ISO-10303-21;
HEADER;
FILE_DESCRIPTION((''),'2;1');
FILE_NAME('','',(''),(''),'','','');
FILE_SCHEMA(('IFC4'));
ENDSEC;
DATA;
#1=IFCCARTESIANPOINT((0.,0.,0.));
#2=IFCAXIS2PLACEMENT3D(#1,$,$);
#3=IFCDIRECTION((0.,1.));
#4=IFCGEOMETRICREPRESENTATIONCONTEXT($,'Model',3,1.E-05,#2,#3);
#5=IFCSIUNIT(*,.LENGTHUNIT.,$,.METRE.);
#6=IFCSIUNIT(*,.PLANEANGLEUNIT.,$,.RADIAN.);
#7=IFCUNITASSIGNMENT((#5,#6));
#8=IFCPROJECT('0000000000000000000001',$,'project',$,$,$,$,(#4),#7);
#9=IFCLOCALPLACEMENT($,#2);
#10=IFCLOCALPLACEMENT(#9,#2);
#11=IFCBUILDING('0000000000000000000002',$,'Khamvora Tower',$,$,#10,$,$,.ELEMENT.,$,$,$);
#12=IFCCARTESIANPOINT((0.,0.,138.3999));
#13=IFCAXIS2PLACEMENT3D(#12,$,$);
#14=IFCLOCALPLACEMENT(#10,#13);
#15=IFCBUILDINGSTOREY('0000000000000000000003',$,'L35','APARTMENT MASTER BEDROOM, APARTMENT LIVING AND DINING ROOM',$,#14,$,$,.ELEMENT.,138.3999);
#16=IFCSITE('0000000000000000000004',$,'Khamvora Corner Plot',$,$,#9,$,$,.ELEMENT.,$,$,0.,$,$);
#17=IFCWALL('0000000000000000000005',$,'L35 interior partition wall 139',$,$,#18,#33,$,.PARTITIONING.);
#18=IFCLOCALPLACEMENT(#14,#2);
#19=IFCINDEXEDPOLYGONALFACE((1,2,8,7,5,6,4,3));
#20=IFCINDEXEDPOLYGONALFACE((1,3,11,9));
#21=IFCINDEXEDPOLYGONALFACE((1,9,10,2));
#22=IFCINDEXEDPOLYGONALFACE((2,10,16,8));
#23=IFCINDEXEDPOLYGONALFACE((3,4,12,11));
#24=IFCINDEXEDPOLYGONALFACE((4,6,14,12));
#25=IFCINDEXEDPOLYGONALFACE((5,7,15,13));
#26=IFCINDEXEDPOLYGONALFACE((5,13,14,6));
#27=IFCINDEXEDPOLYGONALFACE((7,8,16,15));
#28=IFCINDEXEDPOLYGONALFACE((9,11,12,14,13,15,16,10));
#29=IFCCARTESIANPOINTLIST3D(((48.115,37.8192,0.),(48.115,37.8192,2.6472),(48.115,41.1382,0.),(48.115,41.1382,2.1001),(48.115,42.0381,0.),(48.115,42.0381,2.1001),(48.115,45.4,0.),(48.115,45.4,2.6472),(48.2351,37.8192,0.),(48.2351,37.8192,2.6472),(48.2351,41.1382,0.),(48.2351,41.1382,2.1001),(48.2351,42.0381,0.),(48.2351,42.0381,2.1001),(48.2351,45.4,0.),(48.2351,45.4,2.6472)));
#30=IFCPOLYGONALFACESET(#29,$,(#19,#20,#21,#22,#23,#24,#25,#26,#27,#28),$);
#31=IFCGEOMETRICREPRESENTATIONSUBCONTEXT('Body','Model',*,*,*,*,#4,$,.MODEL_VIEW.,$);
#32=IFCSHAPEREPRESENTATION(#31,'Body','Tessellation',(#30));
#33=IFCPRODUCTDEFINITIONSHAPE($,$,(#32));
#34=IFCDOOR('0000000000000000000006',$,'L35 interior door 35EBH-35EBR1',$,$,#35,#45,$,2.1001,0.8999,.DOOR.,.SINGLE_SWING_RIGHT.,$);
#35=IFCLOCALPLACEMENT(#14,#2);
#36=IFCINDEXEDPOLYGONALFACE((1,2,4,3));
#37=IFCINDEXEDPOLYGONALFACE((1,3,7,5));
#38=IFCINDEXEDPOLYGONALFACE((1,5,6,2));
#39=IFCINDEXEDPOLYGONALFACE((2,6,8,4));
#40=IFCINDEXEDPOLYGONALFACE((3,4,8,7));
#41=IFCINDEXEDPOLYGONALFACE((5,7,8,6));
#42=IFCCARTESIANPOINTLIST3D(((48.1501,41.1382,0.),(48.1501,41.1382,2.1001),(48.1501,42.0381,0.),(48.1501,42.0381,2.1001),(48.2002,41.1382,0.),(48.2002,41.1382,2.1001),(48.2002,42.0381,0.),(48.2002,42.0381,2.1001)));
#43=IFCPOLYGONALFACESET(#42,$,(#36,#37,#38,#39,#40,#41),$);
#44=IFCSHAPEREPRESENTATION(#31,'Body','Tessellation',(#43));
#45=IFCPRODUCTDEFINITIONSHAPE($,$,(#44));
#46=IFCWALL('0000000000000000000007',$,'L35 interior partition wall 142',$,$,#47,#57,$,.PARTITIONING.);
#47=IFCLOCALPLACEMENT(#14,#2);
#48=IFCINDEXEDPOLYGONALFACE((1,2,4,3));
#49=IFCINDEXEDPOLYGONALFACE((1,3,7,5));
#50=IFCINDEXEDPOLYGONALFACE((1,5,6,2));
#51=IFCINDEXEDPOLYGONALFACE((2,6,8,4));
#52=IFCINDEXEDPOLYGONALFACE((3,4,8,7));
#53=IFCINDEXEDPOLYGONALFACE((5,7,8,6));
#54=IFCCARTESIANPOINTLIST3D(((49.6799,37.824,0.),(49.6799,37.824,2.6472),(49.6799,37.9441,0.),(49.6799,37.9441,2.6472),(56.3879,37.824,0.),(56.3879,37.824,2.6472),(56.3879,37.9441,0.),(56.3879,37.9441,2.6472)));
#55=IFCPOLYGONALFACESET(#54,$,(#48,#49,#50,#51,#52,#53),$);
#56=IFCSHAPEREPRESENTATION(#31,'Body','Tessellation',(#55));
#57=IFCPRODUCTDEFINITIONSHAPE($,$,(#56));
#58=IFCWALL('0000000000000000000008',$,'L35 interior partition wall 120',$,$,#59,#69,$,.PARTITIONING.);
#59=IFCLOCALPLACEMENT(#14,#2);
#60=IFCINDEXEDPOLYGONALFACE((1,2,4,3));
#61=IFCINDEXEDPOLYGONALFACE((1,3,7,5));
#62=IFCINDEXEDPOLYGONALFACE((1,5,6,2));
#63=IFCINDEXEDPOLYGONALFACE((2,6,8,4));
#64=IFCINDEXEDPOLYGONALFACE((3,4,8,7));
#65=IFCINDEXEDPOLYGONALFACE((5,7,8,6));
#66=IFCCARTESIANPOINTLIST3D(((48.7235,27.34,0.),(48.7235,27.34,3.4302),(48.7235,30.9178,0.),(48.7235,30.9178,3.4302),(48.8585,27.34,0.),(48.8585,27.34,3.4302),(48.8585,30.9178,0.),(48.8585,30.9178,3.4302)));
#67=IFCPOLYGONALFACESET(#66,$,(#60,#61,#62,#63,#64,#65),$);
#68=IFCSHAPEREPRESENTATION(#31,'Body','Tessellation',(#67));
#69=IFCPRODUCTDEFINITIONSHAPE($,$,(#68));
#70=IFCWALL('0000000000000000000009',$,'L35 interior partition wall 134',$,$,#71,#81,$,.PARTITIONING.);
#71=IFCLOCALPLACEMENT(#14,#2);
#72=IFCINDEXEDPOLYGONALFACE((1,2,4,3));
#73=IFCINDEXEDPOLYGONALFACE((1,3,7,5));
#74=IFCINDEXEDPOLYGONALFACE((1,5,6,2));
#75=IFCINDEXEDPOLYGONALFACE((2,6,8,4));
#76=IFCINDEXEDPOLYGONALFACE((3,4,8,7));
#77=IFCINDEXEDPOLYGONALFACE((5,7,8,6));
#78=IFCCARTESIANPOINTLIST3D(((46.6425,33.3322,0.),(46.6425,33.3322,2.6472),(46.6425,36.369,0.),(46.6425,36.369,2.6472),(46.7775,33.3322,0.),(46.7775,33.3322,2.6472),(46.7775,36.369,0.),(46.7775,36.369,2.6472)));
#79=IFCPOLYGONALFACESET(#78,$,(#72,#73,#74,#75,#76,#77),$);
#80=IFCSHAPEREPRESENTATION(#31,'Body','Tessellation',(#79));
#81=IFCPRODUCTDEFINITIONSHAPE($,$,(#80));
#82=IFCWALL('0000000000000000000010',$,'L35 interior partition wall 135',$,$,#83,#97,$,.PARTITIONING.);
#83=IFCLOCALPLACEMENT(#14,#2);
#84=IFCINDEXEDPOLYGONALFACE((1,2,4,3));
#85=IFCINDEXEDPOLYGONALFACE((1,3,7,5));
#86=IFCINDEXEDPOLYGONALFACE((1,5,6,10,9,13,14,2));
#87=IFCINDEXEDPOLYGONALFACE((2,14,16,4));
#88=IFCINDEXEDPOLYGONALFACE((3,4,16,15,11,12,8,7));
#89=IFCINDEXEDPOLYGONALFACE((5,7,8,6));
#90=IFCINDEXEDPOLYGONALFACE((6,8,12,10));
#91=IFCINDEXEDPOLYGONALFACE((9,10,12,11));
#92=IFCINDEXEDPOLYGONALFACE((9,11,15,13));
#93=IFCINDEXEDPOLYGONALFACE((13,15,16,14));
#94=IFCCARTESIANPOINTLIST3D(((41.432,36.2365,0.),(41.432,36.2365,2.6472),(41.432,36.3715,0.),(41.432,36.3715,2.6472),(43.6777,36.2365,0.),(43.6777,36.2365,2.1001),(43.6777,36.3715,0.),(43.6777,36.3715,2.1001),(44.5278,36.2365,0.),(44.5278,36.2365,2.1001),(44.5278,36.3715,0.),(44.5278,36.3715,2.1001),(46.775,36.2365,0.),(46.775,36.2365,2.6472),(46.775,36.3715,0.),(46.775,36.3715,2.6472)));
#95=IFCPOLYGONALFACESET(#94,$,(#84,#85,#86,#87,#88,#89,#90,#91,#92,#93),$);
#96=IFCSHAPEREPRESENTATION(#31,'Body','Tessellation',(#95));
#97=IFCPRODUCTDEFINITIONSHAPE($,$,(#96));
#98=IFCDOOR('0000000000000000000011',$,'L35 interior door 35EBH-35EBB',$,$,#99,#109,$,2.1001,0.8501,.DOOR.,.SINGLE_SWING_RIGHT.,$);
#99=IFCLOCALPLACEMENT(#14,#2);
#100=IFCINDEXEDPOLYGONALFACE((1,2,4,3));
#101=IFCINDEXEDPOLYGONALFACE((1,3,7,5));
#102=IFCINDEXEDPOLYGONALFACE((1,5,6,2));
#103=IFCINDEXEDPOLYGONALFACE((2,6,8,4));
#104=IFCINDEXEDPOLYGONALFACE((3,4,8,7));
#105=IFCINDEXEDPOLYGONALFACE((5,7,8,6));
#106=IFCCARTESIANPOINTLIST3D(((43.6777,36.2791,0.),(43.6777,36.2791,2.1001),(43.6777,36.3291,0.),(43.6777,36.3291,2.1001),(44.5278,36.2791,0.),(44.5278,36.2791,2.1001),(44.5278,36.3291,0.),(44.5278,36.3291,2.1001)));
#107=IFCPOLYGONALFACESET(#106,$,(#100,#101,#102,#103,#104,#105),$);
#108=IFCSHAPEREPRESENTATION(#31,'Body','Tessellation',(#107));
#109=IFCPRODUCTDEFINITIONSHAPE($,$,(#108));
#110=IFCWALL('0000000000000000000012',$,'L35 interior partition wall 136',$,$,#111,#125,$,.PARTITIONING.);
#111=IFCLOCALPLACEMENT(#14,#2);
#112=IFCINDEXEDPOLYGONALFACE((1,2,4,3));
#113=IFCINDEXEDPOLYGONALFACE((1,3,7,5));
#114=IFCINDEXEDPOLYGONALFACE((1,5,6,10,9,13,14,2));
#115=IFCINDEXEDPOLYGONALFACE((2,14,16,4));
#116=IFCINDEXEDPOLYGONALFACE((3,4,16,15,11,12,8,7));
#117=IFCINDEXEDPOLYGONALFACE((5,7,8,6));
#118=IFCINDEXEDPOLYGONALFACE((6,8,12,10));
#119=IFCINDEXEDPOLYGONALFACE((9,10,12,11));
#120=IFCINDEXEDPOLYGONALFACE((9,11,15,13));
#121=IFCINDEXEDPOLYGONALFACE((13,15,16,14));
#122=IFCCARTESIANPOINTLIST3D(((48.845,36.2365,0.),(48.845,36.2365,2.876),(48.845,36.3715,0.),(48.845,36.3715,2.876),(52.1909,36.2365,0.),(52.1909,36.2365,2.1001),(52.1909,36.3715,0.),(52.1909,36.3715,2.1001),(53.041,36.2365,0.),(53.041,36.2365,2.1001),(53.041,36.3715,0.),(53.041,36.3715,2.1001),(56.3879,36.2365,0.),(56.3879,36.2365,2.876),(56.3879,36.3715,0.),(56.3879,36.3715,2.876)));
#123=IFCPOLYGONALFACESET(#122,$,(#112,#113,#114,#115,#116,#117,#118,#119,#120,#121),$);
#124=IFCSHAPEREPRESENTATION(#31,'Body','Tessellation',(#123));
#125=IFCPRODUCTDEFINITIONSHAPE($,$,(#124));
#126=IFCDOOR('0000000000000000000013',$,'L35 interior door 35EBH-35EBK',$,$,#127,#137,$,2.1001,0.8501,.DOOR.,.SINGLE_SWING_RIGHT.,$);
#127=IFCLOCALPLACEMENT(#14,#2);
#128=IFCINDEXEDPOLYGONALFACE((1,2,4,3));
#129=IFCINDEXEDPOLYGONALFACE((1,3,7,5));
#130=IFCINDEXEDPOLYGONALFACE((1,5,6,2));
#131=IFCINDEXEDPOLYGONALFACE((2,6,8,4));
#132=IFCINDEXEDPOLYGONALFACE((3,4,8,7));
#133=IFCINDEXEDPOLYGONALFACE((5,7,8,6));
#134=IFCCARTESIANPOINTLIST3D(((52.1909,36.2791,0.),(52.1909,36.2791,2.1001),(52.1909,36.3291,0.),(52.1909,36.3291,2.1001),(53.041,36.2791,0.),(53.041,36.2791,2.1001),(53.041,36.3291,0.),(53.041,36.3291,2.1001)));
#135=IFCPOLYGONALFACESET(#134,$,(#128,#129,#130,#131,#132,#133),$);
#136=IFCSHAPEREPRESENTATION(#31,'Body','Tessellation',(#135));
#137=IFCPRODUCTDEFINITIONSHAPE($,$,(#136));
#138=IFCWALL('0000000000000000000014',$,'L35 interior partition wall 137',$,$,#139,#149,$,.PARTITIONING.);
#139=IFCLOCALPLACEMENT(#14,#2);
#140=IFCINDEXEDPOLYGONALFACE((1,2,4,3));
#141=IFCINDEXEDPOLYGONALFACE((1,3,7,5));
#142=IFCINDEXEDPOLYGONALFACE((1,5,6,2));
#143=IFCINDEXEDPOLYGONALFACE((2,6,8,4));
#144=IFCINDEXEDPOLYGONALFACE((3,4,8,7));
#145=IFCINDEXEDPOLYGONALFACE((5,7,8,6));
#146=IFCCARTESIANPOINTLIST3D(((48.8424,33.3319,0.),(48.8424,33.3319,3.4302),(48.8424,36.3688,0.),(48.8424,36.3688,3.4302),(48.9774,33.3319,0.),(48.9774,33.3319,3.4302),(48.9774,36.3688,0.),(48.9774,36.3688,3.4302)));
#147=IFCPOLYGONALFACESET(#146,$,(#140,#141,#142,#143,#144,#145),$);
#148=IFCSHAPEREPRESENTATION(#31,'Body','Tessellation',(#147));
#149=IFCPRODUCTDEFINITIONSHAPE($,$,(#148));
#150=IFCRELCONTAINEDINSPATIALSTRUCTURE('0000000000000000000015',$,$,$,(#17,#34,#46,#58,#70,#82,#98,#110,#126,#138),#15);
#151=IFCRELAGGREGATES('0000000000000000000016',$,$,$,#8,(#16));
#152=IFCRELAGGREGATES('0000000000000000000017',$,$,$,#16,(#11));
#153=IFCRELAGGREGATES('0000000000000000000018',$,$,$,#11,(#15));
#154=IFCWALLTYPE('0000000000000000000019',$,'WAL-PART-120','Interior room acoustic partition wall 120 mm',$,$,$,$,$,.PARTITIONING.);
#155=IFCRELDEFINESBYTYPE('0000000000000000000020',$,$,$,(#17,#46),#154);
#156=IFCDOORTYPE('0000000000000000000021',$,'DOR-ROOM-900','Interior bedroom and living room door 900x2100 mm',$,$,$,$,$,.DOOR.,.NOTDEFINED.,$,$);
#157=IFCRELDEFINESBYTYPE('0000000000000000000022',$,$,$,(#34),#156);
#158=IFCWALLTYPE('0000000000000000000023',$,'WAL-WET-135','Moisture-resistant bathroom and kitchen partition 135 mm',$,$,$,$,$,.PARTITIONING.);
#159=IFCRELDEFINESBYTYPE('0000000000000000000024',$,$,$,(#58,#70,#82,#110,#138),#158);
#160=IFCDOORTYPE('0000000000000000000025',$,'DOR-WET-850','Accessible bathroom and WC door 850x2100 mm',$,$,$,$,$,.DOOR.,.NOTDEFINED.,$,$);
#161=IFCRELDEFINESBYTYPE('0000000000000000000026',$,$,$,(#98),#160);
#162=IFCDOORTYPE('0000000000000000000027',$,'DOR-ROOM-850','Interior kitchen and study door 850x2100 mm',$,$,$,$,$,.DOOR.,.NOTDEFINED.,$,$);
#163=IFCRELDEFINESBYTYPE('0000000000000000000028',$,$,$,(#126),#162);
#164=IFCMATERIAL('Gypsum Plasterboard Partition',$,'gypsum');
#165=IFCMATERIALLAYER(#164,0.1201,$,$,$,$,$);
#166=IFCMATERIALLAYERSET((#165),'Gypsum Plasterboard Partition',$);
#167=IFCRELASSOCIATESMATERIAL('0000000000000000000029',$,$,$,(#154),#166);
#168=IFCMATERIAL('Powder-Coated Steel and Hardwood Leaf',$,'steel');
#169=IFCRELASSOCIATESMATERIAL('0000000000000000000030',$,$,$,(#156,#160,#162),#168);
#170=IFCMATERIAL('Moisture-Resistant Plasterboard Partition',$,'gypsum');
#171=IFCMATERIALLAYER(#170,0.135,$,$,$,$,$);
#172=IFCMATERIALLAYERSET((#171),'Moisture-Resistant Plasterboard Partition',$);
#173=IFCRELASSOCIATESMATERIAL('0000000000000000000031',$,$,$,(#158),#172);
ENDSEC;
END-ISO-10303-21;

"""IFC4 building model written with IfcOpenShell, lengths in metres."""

from ifc_helpers import new_model, si_unit, direction, frame, frame_2d, origin, place, context, subcontext, project, spatial, rectangle, extrude, material, layer, layer_set, type_object, element, fill, save


model = new_model("IFC4")

# Units and contexts
model_context = context("Model", 3, precision=1e-05, world=origin(), true_north=direction((0.0, 1.0)))
body_context = subcontext(model_context, "Body", "Model", "MODEL_VIEW")
ifc_project = project(units=[si_unit("LENGTHUNIT", "METRE"), si_unit("PLANEANGLEUNIT", "RADIAN")], contexts=[model_context])

# Site, building, storey
site_placement = place(None, origin())
site = spatial("IfcSite", under=ifc_project, at=site_placement, Name="Khamvora Corner Plot", CompositionType="ELEMENT", RefElevation=0.0)
building_placement = place(site_placement, origin())
building = spatial("IfcBuilding", under=site, at=building_placement, Name="Khamvora Tower", CompositionType="ELEMENT")
storey_placement = place(building_placement, frame((0.0, 0.0, 138.3999)))
storey = spatial("IfcBuildingStorey", under=building, at=storey_placement, Name="L35", Description="APARTMENT MASTER BEDROOM, APARTMENT LIVING AND DINING ROOM", CompositionType="ELEMENT", Elevation=138.3999)

# Shared definitions
ifc_material_1 = material(Name="Powder-Coated Steel and Hardwood Leaf", Category="steel")

# Shared definitions
ifc_material_2 = material(Name="Gypsum Plasterboard Partition", Category="gypsum")
ifc_layer_1 = layer(ifc_material_2, 0.1201)
ifc_layer_set_1 = layer_set([ifc_layer_1], Name="Gypsum Plasterboard Partition")
wall_type_1 = type_object("IfcWallType", Name="WAL-PART-120", Description="Interior room acoustic partition wall 120 mm", PredefinedType="PARTITIONING", material=ifc_layer_set_1)

# Wall, opening, door
wall_1_placement = place(storey_placement, frame((48.175, 37.8191, 0.0), z_axis=(0.0, 0.0, 1.0), x_axis=(0.0, 1.0, 0.0)))
wall_1 = element("IfcWall", 1, at=wall_1_placement, inside=storey, type_object=wall_type_1, Name="L35 interior partition wall 139", PredefinedType="PARTITIONING", context=body_context, shape_type="SweptSolid", body=[
    extrude(rectangle(XDim=7.5808, YDim=0.1201, at=frame_2d((3.7905, 0.0))), origin(), (0.0, 0.0, 1.0), 2.6472),
])
opening_1_placement = place(wall_1_placement, frame((3.3191, 0.0, 0.0)))
opening_1 = element("IfcOpeningElement", 2, at=opening_1_placement, cuts=wall_1, PredefinedType="OPENING", context=body_context, shape_type="SweptSolid", body=[
    extrude(rectangle(XDim=0.8999, YDim=2.1001, at=frame_2d((0.45, 1.05))), frame((0.0, 0.0701, 0.0), z_axis=(0.0, -1.0, 0.0), x_axis=(1.0, 0.0, 0.0)), (0.0, 0.0, 1.0), 0.1401),
])
door_type_1 = type_object("IfcDoorType", Name="DOR-ROOM-900", Description="Interior bedroom and living room door 900x2100 mm", OperationType="NOTDEFINED", PredefinedType="DOOR", material=ifc_material_1)
door_1_placement = place(opening_1_placement, origin())
door_1 = element("IfcDoor", 3, at=door_1_placement, inside=storey, type_object=door_type_1, Name="L35 interior door 35EBH-35EBR1", OperationType="SINGLE_SWING_RIGHT", OverallHeight=2.1001, OverallWidth=0.8999, PredefinedType="DOOR", context=body_context, shape_type="SweptSolid", body=[
    extrude(rectangle(XDim=0.8999, YDim=2.1001, at=frame_2d((0.45, 1.05))), frame((0.0, 0.0249, 0.0), z_axis=(0.0, -1.0, 0.0), x_axis=(1.0, 0.0, 0.0)), (0.0, 0.0, 1.0), 0.05),
])
fill(opening_1, door_1)

# Walls
wall_2_placement = place(storey_placement, frame((49.6799, 37.884, 0.0), z_axis=(0.0, 0.0, 1.0), x_axis=(1.0, 0.0, 0.0)))
element("IfcWall", 4, at=wall_2_placement, inside=storey, type_object=wall_type_1, Name="L35 interior partition wall 142", PredefinedType="PARTITIONING", context=body_context, shape_type="SweptSolid", body=[
    extrude(rectangle(XDim=6.708, YDim=0.1201, at=frame_2d((3.354, 0.0))), origin(), (0.0, 0.0, 1.0), 2.6472),
])
ifc_material_3 = material(Name="Moisture-Resistant Plasterboard Partition", Category="gypsum")
ifc_layer_2 = layer(ifc_material_3, 0.135)
ifc_layer_set_2 = layer_set([ifc_layer_2], Name="Moisture-Resistant Plasterboard Partition")
wall_type_2 = type_object("IfcWallType", Name="WAL-WET-135", Description="Moisture-resistant bathroom and kitchen partition 135 mm", PredefinedType="PARTITIONING", material=ifc_layer_set_2)
wall_3_placement = place(storey_placement, frame((48.791, 30.918, 0.0), z_axis=(0.0, 0.0, 1.0), x_axis=(0.0, -1.0, 0.0)))
element("IfcWall", 5, at=wall_3_placement, inside=storey, type_object=wall_type_2, Name="L35 interior partition wall 120", PredefinedType="PARTITIONING", context=body_context, shape_type="SweptSolid", body=[
    extrude(rectangle(XDim=3.5779, YDim=0.135, at=frame_2d((1.7891, 0.0))), origin(), (0.0, 0.0, 1.0), 3.4302),
])
wall_4_placement = place(storey_placement, frame((46.71, 33.332, 0.0), z_axis=(0.0, 0.0, 1.0), x_axis=(0.0, 1.0, 0.0)))
element("IfcWall", 6, at=wall_4_placement, inside=storey, type_object=wall_type_2, Name="L35 interior partition wall 134", PredefinedType="PARTITIONING", context=body_context, shape_type="SweptSolid", body=[
    extrude(rectangle(XDim=3.0369, YDim=0.135, at=frame_2d((1.5186, 0.0))), origin(), (0.0, 0.0, 1.0), 2.6472),
])

# Walls, openings, doors
wall_5_placement = place(storey_placement, frame((46.7749, 36.304, 0.0), z_axis=(0.0, 0.0, 1.0), x_axis=(-1.0, 0.0, 0.0)))
wall_5 = element("IfcWall", 7, at=wall_5_placement, inside=storey, type_object=wall_type_2, Name="L35 interior partition wall 135", PredefinedType="PARTITIONING", context=body_context, shape_type="SweptSolid", body=[
    extrude(rectangle(XDim=5.343, YDim=0.135, at=frame_2d((2.6714, 0.0))), origin(), (0.0, 0.0, 1.0), 2.6472),
])
opening_2_placement = place(wall_5_placement, frame((2.2471, 0.0, 0.0)))
opening_2 = element("IfcOpeningElement", 8, at=opening_2_placement, cuts=wall_5, PredefinedType="OPENING", context=body_context, shape_type="SweptSolid", body=[
    extrude(rectangle(XDim=0.8501, YDim=2.1001, at=frame_2d((0.425, 1.05))), frame((0.0, 0.0774, 0.0), z_axis=(0.0, -1.0, 0.0), x_axis=(1.0, 0.0, 0.0)), (0.0, 0.0, 1.0), 0.155),
])
door_type_2 = type_object("IfcDoorType", Name="DOR-WET-850", Description="Accessible bathroom and WC door 850x2100 mm", OperationType="NOTDEFINED", PredefinedType="DOOR", material=ifc_material_1)
door_2_placement = place(opening_2_placement, origin())
door_2 = element("IfcDoor", 9, at=door_2_placement, inside=storey, type_object=door_type_2, Name="L35 interior door 35EBH-35EBB", OperationType="SINGLE_SWING_RIGHT", OverallHeight=2.1001, OverallWidth=0.8501, PredefinedType="DOOR", context=body_context, shape_type="SweptSolid", body=[
    extrude(rectangle(XDim=0.8501, YDim=2.1001, at=frame_2d((0.425, 1.05))), frame((0.0, 0.0249, 0.0), z_axis=(0.0, -1.0, 0.0), x_axis=(1.0, 0.0, 0.0)), (0.0, 0.0, 1.0), 0.05),
])
fill(opening_2, door_2)
wall_6_placement = place(storey_placement, frame((56.3879, 36.304, 0.0), z_axis=(0.0, 0.0, 1.0), x_axis=(-1.0, 0.0, 0.0)))
wall_6 = element("IfcWall", 10, at=wall_6_placement, inside=storey, type_object=wall_type_2, Name="L35 interior partition wall 136", PredefinedType="PARTITIONING", context=body_context, shape_type="SweptSolid", body=[
    extrude(rectangle(XDim=7.543, YDim=0.135, at=frame_2d((3.7715, 0.0))), origin(), (0.0, 0.0, 1.0), 2.876),
])
opening_3_placement = place(wall_6_placement, frame((3.3469, 0.0, 0.0)))
opening_3 = element("IfcOpeningElement", 11, at=opening_3_placement, cuts=wall_6, PredefinedType="OPENING", context=body_context, shape_type="SweptSolid", body=[
    extrude(rectangle(XDim=0.8501, YDim=2.1001, at=frame_2d((0.425, 1.05))), frame((0.0, 0.0774, 0.0), z_axis=(0.0, -1.0, 0.0), x_axis=(1.0, 0.0, 0.0)), (0.0, 0.0, 1.0), 0.155),
])
door_type_3 = type_object("IfcDoorType", Name="DOR-ROOM-850", Description="Interior kitchen and study door 850x2100 mm", OperationType="NOTDEFINED", PredefinedType="DOOR", material=ifc_material_1)
door_3_placement = place(opening_3_placement, origin())
door_3 = element("IfcDoor", 12, at=door_3_placement, inside=storey, type_object=door_type_3, Name="L35 interior door 35EBH-35EBK", OperationType="SINGLE_SWING_RIGHT", OverallHeight=2.1001, OverallWidth=0.8501, PredefinedType="DOOR", context=body_context, shape_type="SweptSolid", body=[
    extrude(rectangle(XDim=0.8501, YDim=2.1001, at=frame_2d((0.425, 1.05))), frame((0.0, 0.0249, 0.0), z_axis=(0.0, -1.0, 0.0), x_axis=(1.0, 0.0, 0.0)), (0.0, 0.0, 1.0), 0.05),
])
fill(opening_3, door_3)

# Wall
wall_7_placement = place(storey_placement, frame((48.9099, 36.3689, 0.0), z_axis=(0.0, 0.0, 1.0), x_axis=(0.0, -1.0, 0.0)))
element("IfcWall", 13, at=wall_7_placement, inside=storey, type_object=wall_type_2, Name="L35 interior partition wall 137", PredefinedType="PARTITIONING", context=body_context, shape_type="SweptSolid", body=[
    extrude(rectangle(XDim=3.0369, YDim=0.135, at=frame_2d((1.5186, 0.0))), origin(), (0.0, 0.0, 1.0), 3.4302),
])

save(model, "model.ifc")
